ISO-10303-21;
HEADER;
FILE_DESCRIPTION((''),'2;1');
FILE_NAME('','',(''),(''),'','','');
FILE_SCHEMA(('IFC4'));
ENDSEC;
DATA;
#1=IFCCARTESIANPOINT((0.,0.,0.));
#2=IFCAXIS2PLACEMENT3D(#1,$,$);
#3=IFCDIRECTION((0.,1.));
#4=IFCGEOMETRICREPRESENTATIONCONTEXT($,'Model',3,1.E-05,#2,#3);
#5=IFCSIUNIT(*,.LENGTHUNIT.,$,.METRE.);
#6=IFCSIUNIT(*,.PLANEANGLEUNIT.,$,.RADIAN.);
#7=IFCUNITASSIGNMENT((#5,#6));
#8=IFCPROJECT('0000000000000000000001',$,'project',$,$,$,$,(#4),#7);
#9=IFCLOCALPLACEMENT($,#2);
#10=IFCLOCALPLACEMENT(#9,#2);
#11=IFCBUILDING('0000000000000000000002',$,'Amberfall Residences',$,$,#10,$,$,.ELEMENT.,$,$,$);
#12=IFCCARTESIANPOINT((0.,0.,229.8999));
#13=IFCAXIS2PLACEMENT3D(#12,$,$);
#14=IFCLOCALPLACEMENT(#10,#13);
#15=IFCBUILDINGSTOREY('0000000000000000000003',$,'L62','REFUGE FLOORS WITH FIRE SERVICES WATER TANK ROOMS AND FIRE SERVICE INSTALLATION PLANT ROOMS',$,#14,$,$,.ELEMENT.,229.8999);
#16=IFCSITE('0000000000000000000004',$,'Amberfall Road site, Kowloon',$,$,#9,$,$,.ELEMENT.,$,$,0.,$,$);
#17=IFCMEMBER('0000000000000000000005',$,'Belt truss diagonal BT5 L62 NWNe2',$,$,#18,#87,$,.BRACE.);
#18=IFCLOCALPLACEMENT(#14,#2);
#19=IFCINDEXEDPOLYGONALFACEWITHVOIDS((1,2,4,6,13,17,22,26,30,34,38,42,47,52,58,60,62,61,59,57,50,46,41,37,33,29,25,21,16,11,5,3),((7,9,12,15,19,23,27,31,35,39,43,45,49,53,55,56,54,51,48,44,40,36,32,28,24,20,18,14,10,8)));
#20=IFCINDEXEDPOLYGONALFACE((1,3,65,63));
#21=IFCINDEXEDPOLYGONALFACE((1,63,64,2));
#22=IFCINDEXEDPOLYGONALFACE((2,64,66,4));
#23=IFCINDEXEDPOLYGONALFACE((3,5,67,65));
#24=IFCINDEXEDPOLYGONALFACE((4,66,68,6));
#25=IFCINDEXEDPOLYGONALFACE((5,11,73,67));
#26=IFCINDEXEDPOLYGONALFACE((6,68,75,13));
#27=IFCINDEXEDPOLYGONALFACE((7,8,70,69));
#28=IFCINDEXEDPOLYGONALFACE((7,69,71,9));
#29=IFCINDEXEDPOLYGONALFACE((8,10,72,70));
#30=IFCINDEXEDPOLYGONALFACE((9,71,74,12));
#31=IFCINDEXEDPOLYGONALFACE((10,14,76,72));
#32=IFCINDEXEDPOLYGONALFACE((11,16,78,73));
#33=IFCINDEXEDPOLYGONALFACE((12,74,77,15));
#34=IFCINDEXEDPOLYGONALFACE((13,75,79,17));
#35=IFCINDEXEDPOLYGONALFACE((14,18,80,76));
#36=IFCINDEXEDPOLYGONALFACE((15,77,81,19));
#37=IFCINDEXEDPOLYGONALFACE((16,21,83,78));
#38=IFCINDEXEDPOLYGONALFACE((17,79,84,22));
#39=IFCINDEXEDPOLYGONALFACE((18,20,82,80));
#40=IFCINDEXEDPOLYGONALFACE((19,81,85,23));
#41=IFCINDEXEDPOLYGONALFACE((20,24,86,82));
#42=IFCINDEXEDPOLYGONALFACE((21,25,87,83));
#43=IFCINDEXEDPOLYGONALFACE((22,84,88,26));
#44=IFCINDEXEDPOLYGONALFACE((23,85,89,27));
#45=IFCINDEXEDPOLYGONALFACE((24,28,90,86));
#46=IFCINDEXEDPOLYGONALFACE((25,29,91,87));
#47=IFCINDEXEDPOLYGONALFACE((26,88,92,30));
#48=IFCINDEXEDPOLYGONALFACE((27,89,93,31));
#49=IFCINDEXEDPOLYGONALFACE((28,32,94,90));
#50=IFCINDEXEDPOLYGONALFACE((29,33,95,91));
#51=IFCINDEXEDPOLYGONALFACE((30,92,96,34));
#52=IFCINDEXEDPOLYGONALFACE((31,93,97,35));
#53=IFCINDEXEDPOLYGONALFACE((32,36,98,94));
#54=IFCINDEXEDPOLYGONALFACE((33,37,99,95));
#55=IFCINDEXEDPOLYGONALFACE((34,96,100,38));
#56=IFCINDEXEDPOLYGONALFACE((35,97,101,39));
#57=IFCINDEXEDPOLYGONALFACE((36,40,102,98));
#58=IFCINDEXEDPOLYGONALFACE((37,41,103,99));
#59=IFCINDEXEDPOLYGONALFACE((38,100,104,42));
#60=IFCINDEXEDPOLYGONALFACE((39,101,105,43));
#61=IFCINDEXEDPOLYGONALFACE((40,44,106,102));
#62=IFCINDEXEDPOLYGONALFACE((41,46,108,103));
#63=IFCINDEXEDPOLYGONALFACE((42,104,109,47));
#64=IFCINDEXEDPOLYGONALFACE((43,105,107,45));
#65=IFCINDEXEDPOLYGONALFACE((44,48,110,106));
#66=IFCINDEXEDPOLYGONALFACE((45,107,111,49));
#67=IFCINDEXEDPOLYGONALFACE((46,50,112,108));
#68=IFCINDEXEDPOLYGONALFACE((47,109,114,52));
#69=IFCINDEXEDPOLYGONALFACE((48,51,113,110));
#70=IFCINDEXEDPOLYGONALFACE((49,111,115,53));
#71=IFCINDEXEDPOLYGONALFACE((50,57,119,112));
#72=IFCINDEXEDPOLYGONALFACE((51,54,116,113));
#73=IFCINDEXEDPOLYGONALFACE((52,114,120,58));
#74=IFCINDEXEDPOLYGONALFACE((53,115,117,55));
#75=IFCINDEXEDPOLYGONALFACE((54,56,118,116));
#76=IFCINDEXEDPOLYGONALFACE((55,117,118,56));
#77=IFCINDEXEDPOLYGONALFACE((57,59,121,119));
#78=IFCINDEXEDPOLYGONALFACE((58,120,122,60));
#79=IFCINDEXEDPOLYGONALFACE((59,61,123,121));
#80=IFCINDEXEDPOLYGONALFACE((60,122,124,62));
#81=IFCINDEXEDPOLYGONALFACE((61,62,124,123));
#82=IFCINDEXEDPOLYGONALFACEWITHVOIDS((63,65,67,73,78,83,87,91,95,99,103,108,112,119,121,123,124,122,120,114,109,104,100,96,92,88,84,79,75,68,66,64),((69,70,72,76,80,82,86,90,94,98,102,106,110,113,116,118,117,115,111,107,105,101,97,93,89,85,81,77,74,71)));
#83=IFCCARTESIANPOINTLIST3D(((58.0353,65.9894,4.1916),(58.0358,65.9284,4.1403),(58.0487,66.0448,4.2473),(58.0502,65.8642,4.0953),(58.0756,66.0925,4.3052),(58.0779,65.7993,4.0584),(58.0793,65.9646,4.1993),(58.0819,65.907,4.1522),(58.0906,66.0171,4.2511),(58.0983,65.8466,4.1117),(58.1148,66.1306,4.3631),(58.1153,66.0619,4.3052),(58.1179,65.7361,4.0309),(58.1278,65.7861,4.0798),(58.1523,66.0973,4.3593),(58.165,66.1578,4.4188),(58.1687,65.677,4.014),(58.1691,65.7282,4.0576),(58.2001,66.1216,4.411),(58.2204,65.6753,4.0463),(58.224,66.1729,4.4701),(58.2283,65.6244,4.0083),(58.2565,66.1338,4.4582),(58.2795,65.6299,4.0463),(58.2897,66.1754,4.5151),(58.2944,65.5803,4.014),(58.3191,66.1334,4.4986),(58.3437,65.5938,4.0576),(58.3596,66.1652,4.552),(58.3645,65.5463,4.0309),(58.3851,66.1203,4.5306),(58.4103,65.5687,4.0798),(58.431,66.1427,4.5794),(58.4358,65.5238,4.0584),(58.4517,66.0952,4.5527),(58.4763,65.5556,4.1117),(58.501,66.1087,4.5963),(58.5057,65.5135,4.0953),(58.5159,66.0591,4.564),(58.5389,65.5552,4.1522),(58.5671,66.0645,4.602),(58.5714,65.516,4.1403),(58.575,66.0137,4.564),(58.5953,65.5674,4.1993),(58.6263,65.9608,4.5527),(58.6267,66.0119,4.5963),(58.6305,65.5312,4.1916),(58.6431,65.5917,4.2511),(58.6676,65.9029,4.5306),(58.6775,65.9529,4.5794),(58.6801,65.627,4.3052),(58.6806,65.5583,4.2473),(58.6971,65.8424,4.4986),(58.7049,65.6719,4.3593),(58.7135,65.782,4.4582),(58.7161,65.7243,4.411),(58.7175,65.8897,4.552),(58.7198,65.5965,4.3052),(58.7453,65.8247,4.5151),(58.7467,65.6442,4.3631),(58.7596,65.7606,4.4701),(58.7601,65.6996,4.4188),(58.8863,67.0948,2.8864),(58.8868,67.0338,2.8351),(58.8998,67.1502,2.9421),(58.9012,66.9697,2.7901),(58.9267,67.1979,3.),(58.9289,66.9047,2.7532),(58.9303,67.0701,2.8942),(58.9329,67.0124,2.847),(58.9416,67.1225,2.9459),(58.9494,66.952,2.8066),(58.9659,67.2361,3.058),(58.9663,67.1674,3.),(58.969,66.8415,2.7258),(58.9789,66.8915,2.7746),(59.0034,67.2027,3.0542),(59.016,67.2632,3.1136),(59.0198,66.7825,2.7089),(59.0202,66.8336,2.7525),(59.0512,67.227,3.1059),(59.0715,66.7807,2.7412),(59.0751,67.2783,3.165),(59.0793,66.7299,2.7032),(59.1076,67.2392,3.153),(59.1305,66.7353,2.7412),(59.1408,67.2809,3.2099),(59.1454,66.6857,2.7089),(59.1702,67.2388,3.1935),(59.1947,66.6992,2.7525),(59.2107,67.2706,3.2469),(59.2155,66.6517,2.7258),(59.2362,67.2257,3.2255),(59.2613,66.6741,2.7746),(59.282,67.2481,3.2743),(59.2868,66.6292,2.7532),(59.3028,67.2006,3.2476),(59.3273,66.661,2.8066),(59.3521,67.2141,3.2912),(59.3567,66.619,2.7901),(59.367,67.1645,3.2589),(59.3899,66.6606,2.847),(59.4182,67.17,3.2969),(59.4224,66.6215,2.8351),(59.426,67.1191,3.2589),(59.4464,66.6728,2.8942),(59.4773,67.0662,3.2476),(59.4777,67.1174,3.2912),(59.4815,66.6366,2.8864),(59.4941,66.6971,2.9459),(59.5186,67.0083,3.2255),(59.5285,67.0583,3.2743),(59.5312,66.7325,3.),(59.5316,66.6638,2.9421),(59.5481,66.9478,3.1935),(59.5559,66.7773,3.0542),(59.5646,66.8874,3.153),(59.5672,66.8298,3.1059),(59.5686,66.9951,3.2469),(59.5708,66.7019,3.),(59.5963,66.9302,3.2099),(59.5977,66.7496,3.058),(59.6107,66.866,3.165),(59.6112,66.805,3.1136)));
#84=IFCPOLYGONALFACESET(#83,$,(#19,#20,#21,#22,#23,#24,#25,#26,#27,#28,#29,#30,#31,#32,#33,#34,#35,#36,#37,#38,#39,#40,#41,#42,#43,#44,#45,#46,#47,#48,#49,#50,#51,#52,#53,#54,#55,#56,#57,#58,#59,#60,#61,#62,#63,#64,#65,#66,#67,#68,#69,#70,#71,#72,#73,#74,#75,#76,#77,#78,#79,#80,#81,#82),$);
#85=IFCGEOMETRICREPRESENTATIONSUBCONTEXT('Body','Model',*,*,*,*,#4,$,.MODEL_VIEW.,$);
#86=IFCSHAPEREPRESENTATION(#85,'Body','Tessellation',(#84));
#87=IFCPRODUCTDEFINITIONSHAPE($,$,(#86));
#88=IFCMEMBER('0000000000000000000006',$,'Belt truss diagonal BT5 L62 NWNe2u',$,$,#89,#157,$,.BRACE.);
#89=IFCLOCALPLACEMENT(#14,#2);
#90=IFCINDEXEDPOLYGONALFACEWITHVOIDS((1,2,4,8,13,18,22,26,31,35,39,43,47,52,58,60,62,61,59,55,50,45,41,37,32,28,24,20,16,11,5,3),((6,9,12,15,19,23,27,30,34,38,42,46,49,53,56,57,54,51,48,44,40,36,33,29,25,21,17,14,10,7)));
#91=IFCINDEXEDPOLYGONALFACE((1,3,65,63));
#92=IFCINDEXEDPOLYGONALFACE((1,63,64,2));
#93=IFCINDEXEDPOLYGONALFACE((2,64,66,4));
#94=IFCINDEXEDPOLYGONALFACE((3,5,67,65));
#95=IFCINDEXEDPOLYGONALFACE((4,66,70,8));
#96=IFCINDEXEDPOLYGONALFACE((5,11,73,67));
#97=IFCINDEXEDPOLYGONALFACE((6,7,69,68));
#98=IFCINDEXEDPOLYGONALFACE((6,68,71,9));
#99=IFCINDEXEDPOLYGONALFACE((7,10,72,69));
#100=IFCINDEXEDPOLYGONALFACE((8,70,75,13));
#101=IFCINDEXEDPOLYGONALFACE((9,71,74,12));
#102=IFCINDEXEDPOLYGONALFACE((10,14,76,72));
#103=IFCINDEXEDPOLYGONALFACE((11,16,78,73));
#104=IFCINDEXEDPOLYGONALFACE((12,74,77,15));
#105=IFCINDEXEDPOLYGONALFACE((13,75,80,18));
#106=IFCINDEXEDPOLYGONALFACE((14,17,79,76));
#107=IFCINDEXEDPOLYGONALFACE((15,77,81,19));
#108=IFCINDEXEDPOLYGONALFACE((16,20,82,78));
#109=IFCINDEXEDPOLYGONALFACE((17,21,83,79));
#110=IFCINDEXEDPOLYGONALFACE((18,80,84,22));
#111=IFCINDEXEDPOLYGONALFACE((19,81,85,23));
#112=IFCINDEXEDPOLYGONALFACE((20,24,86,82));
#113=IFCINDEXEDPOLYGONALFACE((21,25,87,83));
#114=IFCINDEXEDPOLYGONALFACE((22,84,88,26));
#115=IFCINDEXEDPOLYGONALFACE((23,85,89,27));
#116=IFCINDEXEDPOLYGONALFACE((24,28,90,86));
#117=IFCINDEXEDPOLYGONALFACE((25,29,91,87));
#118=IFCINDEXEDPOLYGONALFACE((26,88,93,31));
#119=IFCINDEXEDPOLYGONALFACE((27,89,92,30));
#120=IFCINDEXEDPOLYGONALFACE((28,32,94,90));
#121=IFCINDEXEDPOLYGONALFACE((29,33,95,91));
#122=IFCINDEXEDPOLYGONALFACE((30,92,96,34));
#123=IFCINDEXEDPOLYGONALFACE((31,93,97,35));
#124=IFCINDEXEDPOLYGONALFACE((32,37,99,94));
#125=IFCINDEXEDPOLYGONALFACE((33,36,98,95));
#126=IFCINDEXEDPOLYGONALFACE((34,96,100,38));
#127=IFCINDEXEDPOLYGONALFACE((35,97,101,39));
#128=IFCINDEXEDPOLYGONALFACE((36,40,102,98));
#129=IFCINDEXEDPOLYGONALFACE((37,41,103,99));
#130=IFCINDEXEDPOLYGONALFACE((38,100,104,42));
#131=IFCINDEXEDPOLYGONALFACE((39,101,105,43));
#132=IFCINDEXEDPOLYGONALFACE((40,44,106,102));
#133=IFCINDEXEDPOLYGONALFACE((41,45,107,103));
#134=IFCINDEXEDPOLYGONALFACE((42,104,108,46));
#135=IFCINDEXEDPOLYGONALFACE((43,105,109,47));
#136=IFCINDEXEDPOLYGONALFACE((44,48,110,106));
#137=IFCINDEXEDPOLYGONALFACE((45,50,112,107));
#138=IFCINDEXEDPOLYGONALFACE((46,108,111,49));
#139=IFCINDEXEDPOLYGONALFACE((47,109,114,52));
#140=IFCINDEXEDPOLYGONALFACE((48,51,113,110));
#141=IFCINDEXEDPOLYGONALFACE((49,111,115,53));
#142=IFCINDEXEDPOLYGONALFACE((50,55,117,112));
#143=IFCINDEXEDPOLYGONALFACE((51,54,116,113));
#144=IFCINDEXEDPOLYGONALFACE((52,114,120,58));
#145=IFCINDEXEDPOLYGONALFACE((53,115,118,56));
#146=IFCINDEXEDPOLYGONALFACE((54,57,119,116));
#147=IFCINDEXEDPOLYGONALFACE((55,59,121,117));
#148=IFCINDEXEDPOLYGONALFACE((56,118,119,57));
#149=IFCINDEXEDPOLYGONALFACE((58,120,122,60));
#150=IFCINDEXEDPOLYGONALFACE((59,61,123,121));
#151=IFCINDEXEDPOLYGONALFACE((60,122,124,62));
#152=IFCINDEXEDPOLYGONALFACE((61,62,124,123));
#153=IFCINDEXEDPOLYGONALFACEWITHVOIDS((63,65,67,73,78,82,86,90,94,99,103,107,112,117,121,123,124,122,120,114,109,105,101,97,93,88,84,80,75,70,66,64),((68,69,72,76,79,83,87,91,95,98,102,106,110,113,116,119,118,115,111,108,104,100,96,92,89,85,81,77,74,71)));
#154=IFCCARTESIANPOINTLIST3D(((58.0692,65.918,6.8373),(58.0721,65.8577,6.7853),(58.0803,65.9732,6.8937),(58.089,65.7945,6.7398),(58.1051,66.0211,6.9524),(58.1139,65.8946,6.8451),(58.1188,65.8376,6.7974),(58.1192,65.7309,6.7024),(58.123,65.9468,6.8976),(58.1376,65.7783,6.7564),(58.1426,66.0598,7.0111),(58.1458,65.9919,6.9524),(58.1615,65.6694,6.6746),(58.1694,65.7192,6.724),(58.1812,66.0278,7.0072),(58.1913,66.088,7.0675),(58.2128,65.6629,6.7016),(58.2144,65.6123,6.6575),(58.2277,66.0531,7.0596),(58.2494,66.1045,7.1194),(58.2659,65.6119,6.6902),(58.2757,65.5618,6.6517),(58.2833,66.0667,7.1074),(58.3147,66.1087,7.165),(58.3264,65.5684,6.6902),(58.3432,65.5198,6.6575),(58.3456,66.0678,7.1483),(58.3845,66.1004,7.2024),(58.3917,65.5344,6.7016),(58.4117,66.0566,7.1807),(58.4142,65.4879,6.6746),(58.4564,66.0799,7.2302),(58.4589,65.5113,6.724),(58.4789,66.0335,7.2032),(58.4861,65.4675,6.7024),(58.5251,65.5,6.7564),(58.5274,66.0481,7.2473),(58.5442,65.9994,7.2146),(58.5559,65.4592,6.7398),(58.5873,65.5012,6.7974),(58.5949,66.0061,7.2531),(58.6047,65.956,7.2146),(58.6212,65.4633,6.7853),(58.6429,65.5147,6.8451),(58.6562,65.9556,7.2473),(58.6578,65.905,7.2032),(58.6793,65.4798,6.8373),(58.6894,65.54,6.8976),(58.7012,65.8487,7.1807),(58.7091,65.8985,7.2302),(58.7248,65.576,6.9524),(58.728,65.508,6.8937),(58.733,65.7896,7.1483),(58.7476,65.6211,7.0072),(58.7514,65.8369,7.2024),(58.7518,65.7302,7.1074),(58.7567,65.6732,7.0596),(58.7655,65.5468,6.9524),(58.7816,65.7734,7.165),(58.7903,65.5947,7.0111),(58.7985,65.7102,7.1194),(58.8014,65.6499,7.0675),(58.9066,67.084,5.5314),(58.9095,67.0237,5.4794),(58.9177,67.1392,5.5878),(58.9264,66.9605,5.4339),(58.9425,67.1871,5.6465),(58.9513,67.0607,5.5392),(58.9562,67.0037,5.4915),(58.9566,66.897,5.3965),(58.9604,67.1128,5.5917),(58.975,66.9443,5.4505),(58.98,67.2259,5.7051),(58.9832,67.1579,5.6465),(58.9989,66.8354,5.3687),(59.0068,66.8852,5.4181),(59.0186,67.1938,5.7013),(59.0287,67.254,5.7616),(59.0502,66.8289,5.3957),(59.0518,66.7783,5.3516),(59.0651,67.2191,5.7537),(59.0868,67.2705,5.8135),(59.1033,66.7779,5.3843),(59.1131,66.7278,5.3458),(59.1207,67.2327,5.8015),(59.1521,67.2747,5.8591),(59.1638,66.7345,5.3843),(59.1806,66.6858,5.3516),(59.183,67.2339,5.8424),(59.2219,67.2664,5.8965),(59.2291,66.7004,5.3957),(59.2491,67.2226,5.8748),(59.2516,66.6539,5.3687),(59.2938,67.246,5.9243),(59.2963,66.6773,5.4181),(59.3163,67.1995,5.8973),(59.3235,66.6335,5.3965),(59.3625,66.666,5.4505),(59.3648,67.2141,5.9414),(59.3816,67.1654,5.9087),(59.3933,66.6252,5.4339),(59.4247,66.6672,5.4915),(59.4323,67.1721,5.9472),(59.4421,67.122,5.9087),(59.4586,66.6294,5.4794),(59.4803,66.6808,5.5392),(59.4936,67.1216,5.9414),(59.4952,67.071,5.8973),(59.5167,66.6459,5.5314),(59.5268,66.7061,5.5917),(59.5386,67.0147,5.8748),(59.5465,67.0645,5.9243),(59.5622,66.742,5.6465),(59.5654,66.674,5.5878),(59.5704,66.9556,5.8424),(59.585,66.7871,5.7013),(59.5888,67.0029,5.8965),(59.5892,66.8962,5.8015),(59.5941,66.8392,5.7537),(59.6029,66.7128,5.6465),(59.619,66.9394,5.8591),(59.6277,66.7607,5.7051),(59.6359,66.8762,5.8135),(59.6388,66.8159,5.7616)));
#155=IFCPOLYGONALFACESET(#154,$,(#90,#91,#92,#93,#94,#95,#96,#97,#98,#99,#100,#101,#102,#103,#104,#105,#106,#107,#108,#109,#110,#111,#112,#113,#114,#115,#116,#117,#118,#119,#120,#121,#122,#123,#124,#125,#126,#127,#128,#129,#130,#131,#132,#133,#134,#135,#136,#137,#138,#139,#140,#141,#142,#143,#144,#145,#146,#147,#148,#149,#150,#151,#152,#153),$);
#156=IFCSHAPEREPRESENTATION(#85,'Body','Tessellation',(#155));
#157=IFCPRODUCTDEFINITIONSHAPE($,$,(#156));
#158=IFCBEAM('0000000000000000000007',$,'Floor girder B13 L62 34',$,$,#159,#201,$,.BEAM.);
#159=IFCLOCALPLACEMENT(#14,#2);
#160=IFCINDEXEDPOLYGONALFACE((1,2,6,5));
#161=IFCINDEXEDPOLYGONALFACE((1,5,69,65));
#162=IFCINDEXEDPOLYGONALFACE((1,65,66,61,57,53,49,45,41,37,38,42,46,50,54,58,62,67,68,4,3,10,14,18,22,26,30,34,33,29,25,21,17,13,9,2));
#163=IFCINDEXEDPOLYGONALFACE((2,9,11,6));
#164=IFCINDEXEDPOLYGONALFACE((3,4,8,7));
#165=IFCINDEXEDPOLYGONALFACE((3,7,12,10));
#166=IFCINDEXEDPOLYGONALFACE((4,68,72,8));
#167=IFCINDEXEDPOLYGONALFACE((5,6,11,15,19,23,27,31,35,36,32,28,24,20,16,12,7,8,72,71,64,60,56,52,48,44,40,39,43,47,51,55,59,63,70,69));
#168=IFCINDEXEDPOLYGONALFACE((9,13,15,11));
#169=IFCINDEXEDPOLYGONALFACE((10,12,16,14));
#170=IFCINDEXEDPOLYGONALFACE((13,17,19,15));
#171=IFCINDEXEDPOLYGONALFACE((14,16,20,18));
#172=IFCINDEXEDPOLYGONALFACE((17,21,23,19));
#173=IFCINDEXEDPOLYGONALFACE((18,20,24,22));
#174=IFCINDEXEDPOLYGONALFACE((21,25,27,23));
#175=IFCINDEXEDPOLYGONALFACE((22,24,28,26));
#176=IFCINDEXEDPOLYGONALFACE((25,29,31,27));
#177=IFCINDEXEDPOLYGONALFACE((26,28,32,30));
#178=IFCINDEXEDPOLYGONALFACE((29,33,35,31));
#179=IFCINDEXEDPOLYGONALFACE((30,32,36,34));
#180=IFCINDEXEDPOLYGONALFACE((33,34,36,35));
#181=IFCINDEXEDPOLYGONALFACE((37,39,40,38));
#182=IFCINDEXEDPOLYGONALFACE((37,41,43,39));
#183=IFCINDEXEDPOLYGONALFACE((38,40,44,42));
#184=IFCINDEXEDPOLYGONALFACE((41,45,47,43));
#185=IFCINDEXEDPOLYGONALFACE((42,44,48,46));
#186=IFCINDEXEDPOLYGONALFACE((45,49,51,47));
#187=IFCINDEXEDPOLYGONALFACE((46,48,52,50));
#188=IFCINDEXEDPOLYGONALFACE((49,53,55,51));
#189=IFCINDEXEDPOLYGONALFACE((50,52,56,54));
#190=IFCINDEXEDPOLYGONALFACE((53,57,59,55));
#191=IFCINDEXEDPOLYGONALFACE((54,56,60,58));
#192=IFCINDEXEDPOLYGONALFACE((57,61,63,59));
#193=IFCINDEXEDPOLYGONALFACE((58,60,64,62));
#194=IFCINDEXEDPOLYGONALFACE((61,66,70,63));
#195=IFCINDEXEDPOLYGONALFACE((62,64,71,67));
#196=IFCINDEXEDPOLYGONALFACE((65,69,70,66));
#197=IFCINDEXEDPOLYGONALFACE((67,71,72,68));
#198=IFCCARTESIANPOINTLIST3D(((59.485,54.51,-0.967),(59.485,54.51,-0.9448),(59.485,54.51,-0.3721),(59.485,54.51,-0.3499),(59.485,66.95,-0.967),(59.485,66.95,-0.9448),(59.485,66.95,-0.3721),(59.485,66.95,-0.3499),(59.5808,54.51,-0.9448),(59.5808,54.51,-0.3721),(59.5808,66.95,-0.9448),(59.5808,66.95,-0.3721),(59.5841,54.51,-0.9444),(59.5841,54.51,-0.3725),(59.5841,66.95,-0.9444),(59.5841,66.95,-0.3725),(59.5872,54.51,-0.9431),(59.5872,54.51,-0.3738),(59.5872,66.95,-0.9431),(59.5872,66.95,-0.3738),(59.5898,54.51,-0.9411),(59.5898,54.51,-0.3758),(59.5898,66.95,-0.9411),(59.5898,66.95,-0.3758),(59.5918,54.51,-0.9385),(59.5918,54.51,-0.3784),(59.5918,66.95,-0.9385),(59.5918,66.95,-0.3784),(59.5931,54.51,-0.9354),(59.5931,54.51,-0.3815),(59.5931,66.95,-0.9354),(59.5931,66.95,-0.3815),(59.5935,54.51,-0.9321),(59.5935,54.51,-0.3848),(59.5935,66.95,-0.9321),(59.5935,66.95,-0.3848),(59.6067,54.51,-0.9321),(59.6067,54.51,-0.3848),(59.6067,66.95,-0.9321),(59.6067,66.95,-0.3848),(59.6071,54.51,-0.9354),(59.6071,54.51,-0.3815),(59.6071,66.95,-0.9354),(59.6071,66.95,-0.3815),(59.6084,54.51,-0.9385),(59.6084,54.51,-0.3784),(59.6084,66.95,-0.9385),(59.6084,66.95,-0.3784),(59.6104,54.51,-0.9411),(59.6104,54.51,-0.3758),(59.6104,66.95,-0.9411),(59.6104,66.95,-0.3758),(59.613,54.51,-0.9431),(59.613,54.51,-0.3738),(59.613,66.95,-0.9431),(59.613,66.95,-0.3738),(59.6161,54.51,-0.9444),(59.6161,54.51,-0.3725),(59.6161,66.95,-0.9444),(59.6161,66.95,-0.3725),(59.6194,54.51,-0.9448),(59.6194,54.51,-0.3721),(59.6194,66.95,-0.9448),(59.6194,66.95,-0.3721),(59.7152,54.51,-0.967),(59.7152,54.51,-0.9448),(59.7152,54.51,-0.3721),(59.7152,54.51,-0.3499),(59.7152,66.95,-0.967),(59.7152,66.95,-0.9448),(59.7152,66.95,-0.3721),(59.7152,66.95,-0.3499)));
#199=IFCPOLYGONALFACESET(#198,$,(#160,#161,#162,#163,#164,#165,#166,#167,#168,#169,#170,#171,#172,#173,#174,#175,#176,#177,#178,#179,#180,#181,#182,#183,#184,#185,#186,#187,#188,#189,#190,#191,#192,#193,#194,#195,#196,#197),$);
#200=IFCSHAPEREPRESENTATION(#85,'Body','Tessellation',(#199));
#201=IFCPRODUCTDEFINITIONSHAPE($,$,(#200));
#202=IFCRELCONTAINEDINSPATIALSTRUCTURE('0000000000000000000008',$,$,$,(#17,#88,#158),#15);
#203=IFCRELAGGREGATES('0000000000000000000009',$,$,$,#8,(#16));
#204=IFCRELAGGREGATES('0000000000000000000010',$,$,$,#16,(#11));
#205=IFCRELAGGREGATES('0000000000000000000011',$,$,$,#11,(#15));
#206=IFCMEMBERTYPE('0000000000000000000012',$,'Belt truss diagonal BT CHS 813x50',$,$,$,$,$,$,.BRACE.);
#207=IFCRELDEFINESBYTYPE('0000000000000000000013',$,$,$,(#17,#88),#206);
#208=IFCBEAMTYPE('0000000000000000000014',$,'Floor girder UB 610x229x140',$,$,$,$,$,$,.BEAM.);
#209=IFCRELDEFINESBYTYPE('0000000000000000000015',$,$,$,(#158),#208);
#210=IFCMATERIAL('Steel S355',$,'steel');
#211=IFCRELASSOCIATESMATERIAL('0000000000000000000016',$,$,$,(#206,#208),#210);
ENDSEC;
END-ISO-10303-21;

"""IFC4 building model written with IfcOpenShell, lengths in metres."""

from ifc_helpers import new_model, si_unit, direction, frame, origin, origin_2d, place, context, subcontext, project, spatial, hollow_circle, i_section, extrude, material, material_profile, profile_set, type_object, element, save


model = new_model("IFC4")

# Units and contexts
model_context = context("Model", 3, precision=1e-05, world=origin(), true_north=direction((0.0, 1.0)))
body_context = subcontext(model_context, "Body", "Model", "MODEL_VIEW")
ifc_project = project(units=[si_unit("LENGTHUNIT", "METRE"), si_unit("PLANEANGLEUNIT", "RADIAN")], contexts=[model_context])

# Site, building, storey
site_placement = place(None, origin())
site = spatial("IfcSite", under=ifc_project, at=site_placement, Name="Amberfall Road site, Kowloon", CompositionType="ELEMENT", RefElevation=0.0)
building_placement = place(site_placement, origin())
building = spatial("IfcBuilding", under=site, at=building_placement, Name="Amberfall Residences", CompositionType="ELEMENT")
storey_placement = place(building_placement, frame((0.0, 0.0, 229.8999)))
storey = spatial("IfcBuildingStorey", under=building, at=storey_placement, Name="L62", Description="REFUGE FLOORS WITH FIRE SERVICES WATER TANK ROOMS AND FIRE SERVICE INSTALLATION PLANT ROOMS", CompositionType="ELEMENT", Elevation=229.8999)

# Members
ifc_material_1 = material(Name="Steel S355", Category="steel")
ifc_material_profile_1 = material_profile(ifc_material_1, hollow_circle(Radius=0.4065, WallThickness=0.05, at=origin_2d()), Name="CHS 813x50")
ifc_profile_set_1 = profile_set([ifc_material_profile_1], Name="Steel S355")
member_type_1 = type_object("IfcMemberType", Name="Belt truss diagonal BT CHS 813x50", PredefinedType="BRACE", material=ifc_profile_set_1)
member_1_placement = place(storey_placement, frame((58.3977, 65.8445, 4.3052), z_axis=(0.44548, 0.578639, -0.683172), x_axis=(-0.792377, 0.610032, 0.0)))
element("IfcMember", 1, at=member_1_placement, inside=storey, type_object=member_type_1, Name="Belt truss diagonal BT5 L62 NWNe2", PredefinedType="BRACE", context=body_context, shape_type="SweptSolid", body=[
    extrude(hollow_circle(Radius=0.4065, WallThickness=0.05, at=origin_2d()), origin(), (0.0, 0.0, 1.0), 1.9104),
])
member_2_placement = place(storey_placement, frame((58.4353, 65.7839, 6.9524), z_axis=(0.4315, 0.600829, -0.672913), x_axis=(-0.812237, 0.583328, 0.0)))
element("IfcMember", 2, at=member_2_placement, inside=storey, type_object=member_type_1, Name="Belt truss diagonal BT5 L62 NWNe2u", PredefinedType="BRACE", context=body_context, shape_type="SweptSolid", body=[
    extrude(hollow_circle(Radius=0.4065, WallThickness=0.05, at=origin_2d()), origin(), (0.0, 0.0, 1.0), 1.9407),
])

# Beam
ifc_material_profile_2 = material_profile(ifc_material_1, i_section(OverallWidth=0.2302, OverallDepth=0.6172, WebThickness=0.0132, FlangeThickness=0.0222, FilletRadius=0.0127, at=origin_2d()), Name="UB 610x229x140")
ifc_profile_set_2 = profile_set([ifc_material_profile_2], Name="Steel S355")
beam_type_1 = type_object("IfcBeamType", Name="Floor girder UB 610x229x140", PredefinedType="BEAM", material=ifc_profile_set_2)
beam_placement = place(storey_placement, frame((59.6001, 66.95, -0.6584), z_axis=(0.0, -1.0, 0.0), x_axis=(1.0, 0.0, 0.0)))
element("IfcBeam", 3, at=beam_placement, inside=storey, type_object=beam_type_1, Name="Floor girder B13 L62 34", PredefinedType="BEAM", context=body_context, shape_type="SweptSolid", body=[
    extrude(i_section(OverallWidth=0.2302, OverallDepth=0.6172, WebThickness=0.0132, FlangeThickness=0.0222, FilletRadius=0.0127, at=origin_2d()), origin(), (0.0, 0.0, 1.0), 12.4399),
])

save(model, "model.ifc")
